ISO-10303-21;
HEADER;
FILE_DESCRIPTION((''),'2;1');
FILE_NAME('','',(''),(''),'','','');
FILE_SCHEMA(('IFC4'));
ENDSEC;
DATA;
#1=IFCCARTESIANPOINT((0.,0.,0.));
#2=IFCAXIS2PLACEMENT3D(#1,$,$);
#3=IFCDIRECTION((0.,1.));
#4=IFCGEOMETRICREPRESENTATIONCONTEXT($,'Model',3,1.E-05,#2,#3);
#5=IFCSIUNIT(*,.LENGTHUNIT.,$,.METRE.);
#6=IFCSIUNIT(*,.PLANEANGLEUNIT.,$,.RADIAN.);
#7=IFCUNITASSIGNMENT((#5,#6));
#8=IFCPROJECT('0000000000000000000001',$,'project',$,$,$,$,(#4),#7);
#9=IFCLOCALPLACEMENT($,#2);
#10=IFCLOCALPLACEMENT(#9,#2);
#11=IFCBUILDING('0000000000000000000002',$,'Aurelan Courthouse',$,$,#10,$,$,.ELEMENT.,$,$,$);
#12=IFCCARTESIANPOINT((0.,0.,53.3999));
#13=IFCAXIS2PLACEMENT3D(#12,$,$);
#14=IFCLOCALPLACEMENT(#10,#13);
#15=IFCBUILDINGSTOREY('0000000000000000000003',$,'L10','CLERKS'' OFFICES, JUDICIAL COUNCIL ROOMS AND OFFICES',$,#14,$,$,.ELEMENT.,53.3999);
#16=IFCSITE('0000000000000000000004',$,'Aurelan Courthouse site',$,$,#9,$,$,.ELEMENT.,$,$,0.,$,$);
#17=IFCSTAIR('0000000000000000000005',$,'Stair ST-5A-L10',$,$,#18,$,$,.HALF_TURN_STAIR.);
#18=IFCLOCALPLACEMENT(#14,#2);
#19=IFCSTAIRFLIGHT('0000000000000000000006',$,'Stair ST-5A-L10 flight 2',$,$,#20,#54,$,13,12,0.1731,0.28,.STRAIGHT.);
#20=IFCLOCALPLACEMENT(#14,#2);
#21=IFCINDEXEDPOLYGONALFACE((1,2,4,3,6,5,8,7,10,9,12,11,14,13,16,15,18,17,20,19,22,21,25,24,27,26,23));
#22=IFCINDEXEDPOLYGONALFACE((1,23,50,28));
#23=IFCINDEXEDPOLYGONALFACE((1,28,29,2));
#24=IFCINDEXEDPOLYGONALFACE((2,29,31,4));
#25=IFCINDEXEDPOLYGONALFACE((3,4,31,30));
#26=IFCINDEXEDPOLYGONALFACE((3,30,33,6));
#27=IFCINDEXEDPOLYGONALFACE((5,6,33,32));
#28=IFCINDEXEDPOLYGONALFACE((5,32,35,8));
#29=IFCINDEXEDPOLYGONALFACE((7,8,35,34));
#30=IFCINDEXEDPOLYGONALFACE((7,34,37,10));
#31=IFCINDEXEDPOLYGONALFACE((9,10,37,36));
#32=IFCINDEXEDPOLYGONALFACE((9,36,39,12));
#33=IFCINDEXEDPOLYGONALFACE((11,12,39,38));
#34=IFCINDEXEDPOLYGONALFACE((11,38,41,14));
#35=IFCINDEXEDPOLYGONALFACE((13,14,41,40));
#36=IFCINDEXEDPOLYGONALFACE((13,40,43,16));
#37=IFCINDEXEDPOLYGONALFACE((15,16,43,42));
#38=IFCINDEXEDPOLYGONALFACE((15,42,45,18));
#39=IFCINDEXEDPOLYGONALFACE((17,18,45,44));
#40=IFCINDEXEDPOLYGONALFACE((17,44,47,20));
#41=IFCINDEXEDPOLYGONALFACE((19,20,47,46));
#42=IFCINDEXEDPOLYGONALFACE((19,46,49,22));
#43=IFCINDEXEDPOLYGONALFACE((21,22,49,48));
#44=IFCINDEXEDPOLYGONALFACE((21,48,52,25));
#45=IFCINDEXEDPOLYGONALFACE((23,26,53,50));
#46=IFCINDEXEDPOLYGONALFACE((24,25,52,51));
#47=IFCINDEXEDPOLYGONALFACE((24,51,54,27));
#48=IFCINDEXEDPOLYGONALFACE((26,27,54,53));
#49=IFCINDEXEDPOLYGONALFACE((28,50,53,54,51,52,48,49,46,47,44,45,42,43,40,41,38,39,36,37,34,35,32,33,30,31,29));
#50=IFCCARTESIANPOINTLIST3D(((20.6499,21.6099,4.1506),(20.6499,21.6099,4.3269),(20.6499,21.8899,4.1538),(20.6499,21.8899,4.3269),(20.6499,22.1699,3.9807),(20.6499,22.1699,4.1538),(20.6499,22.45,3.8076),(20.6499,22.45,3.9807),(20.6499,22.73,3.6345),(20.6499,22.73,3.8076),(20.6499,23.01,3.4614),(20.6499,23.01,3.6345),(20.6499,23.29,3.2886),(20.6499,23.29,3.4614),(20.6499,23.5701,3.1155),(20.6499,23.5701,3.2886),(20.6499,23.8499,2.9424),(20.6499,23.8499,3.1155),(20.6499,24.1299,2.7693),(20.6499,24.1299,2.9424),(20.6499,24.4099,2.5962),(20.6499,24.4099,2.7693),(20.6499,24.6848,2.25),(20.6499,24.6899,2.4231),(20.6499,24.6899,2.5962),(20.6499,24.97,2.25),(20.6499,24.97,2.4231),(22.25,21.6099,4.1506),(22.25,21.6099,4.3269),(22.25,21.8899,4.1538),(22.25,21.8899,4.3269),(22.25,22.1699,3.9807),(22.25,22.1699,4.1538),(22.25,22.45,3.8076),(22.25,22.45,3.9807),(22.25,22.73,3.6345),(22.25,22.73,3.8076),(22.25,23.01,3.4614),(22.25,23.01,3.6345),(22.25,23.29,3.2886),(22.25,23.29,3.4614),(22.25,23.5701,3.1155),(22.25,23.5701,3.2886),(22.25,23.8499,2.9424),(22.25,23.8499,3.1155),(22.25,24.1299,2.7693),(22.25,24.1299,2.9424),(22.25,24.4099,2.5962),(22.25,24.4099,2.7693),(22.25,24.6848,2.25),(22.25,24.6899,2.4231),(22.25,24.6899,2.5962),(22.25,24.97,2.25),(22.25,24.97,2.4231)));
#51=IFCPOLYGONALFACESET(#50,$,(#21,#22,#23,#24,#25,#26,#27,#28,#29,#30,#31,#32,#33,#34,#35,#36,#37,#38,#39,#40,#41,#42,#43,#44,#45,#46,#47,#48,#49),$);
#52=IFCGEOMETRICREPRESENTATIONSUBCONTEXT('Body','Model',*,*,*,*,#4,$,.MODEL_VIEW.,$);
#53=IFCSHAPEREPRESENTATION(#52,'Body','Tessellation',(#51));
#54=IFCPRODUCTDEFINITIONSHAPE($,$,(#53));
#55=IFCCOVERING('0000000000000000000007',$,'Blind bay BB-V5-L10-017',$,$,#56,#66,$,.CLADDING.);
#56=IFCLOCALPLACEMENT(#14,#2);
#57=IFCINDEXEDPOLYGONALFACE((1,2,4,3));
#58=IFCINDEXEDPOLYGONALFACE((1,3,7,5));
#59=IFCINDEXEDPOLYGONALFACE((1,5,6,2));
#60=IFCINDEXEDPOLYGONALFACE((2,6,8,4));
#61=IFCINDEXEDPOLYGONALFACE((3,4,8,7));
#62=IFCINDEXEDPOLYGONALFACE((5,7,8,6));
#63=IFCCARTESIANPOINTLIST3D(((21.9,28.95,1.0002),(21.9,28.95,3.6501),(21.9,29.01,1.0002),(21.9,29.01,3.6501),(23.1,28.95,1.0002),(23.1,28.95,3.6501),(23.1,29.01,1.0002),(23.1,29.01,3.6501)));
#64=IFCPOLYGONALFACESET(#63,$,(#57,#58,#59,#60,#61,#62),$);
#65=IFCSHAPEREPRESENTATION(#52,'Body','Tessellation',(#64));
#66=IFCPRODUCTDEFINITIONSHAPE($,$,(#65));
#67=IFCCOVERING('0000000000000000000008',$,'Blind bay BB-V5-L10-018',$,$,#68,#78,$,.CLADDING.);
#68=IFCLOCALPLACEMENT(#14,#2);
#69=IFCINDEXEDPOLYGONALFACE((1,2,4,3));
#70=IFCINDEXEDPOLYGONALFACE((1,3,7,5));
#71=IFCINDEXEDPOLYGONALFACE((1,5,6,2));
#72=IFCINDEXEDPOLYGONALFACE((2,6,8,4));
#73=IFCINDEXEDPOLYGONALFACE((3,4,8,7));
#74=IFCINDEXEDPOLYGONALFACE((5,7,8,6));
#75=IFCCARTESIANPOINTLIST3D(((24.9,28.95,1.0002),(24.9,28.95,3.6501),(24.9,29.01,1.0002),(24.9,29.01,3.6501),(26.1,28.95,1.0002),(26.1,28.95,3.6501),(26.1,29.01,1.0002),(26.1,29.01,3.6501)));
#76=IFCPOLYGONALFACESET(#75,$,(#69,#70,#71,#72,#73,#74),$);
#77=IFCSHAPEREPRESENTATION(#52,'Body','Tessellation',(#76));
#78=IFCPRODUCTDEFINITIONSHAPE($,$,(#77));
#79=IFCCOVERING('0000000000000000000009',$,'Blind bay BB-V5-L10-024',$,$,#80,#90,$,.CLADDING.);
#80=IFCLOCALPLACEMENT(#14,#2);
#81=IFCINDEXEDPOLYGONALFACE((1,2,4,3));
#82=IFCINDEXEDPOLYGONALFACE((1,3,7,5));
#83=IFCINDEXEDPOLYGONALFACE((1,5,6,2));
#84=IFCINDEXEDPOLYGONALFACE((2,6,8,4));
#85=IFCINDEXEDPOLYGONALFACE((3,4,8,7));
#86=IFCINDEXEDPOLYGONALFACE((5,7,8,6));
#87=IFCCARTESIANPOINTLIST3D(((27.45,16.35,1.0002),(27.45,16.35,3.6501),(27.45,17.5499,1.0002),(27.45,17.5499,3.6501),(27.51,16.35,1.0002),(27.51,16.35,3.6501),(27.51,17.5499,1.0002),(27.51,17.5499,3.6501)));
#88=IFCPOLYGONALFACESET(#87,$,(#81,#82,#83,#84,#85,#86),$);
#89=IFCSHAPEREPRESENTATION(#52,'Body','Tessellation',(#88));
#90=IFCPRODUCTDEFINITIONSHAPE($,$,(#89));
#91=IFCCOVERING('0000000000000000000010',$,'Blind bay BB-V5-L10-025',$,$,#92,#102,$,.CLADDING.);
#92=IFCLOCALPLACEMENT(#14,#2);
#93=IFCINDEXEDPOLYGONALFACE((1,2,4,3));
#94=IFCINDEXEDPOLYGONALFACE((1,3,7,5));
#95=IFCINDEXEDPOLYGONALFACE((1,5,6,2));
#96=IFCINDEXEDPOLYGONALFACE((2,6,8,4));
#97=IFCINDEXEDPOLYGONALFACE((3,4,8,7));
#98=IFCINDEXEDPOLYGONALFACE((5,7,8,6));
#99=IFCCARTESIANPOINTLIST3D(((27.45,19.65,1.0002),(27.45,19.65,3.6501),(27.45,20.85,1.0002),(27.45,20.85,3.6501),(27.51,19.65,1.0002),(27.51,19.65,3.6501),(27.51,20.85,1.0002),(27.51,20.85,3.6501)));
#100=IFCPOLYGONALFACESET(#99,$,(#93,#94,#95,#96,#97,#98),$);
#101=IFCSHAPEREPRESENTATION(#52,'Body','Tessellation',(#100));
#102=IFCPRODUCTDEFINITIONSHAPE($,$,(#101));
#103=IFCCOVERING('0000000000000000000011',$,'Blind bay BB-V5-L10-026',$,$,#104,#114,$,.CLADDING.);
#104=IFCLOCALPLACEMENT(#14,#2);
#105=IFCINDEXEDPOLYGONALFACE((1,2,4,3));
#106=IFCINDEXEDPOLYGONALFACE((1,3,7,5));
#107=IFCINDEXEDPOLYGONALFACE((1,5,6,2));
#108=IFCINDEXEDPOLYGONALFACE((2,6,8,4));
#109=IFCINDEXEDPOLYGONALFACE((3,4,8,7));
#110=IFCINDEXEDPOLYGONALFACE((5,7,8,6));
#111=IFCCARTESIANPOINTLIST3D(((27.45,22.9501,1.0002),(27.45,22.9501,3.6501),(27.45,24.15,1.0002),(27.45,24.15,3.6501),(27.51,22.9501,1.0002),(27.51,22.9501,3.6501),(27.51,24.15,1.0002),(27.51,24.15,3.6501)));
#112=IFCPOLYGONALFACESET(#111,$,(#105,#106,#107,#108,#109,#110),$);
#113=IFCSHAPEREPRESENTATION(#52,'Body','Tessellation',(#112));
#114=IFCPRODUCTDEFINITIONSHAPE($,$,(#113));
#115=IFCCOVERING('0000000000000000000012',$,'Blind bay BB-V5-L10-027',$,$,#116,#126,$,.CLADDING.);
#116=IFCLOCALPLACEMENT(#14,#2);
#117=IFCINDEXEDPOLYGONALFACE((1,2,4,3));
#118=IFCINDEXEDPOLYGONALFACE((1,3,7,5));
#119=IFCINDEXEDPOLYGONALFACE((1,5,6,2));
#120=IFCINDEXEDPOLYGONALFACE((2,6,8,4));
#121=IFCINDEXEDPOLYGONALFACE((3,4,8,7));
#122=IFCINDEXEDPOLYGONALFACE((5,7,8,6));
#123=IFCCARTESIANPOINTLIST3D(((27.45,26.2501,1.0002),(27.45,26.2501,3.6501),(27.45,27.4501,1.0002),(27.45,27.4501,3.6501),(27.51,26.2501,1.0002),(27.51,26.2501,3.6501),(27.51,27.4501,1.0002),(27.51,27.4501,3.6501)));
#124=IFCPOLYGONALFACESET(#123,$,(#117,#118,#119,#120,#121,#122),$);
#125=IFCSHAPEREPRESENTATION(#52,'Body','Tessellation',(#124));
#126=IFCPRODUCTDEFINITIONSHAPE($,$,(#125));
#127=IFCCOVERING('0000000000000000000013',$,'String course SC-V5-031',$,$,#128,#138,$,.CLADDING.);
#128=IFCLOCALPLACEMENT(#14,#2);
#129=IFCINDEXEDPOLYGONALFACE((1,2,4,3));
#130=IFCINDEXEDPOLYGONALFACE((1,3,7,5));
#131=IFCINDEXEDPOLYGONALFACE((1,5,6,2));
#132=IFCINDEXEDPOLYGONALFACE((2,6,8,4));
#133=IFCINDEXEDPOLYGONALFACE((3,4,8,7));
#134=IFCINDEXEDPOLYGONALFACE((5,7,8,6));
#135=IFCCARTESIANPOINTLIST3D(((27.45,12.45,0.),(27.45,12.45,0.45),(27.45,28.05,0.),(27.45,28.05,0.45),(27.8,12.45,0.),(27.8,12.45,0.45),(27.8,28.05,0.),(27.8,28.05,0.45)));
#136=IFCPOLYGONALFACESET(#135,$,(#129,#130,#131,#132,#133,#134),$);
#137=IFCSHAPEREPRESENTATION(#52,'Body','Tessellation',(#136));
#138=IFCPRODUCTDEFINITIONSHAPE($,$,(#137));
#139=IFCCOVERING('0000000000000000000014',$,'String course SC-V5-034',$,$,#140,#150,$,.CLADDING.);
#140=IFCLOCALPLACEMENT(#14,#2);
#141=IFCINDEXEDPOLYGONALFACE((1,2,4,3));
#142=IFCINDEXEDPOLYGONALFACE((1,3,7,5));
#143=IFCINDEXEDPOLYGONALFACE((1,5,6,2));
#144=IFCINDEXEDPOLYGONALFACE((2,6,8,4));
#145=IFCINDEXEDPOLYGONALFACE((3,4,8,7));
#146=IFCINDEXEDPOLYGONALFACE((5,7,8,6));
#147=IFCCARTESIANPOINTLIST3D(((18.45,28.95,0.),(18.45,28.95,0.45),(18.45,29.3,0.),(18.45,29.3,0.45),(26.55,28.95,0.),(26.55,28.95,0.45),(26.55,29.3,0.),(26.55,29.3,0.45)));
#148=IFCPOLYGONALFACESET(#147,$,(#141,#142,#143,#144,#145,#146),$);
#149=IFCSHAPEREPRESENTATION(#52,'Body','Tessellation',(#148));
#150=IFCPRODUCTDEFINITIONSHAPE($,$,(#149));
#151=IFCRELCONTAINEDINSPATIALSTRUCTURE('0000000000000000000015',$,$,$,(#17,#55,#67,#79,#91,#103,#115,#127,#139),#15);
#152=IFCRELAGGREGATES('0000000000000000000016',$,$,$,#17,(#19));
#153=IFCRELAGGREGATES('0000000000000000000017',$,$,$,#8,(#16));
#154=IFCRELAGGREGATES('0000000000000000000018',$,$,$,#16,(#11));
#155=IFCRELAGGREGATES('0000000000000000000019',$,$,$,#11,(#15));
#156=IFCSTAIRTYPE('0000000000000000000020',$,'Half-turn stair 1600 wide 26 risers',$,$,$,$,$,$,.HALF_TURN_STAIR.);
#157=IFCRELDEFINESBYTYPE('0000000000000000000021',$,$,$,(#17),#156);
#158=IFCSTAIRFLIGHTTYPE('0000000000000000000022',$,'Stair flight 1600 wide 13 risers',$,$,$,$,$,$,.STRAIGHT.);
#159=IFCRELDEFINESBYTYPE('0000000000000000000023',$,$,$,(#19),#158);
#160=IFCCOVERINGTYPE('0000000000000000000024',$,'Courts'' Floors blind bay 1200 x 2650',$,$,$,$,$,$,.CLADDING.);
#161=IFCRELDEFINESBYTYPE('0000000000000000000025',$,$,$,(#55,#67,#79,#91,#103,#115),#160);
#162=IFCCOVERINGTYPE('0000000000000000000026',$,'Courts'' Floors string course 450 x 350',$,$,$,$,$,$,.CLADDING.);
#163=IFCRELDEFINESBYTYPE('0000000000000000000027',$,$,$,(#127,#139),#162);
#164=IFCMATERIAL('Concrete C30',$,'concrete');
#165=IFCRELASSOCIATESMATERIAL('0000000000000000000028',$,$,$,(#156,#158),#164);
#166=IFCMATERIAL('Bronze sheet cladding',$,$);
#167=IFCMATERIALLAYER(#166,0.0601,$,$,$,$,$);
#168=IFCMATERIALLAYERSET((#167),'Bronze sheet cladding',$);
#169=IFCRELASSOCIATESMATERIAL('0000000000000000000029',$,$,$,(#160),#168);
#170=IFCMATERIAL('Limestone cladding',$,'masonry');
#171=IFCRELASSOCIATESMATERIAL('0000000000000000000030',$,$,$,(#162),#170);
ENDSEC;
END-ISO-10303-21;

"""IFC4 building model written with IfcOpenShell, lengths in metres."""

from ifc_helpers import new_model, si_unit, direction, frame, origin, origin_2d, place, context, subcontext, project, spatial, polyline, rectangle, outline, extrude, material, layer, layer_set, type_object, element, aggregate, save


model = new_model("IFC4")

# Units and contexts
model_context = context("Model", 3, precision=1e-05, world=origin(), true_north=direction((0.0, 1.0)))
body_context = subcontext(model_context, "Body", "Model", "MODEL_VIEW")
ifc_project = project(units=[si_unit("LENGTHUNIT", "METRE"), si_unit("PLANEANGLEUNIT", "RADIAN")], contexts=[model_context])

# Site, building, storey
site_placement = place(None, origin())
site = spatial("IfcSite", under=ifc_project, at=site_placement, Name="Aurelan Courthouse site", CompositionType="ELEMENT", RefElevation=0.0)
building_placement = place(site_placement, origin())
building = spatial("IfcBuilding", under=site, at=building_placement, Name="Aurelan Courthouse", CompositionType="ELEMENT")
storey_placement = place(building_placement, frame((0.0, 0.0, 53.3999)))
storey = spatial("IfcBuildingStorey", under=building, at=storey_placement, Name="L10", Description="CLERKS' OFFICES, JUDICIAL COUNCIL ROOMS AND OFFICES", CompositionType="ELEMENT", Elevation=53.3999)

# Stair, stair flight
ifc_material_1 = material(Name="Concrete C30", Category="concrete")
stair_type = type_object("IfcStairType", Name="Half-turn stair 1600 wide 26 risers", PredefinedType="HALF_TURN_STAIR", material=ifc_material_1)
stair_placement = place(storey_placement, origin())
stair = element("IfcStair", 1, at=stair_placement, inside=storey, type_object=stair_type, Name="Stair ST-5A-L10", PredefinedType="HALF_TURN_STAIR")
stair_flight_type = type_object("IfcStairFlightType", Name="Stair flight 1600 wide 13 risers", PredefinedType="STRAIGHT", material=ifc_material_1)
stair_flight_placement = place(storey_placement, frame((21.45, 24.97, 2.25), z_axis=(0.0, 0.0, 1.0), x_axis=(0.0, -1.0, 0.0)))
stair_flight = element("IfcStairFlight", 2, at=stair_flight_placement, type_object=stair_flight_type, Name="Stair ST-5A-L10 flight 2", NumberOfRisers=13, NumberOfTreads=12, PredefinedType="STRAIGHT", RiserHeight=0.1731, TreadLength=0.28, context=body_context, shape_type="SweptSolid", body=[
    extrude(outline(polyline([(0.0, 0.0), (0.0, 0.1731), (0.28, 0.1731), (0.28, 0.3462), (0.5601, 0.3462), (0.5601, 0.5193), (0.8401, 0.5193), (0.8401, 0.6924), (1.1201, 0.6924), (1.1201, 0.8655), (1.3999, 0.8655), (1.3999, 1.0386), (1.6799, 1.0386), (1.6799, 1.2114), (1.96, 1.2114), (1.96, 1.3845), (2.24, 1.3845), (2.24, 1.5576), (2.52, 1.5576), (2.52, 1.7307), (2.8, 1.7307), (2.8, 1.9038), (3.0801, 1.9038), (3.0801, 2.0769), (3.3601, 2.0769), (3.3601, 2.25), (3.3601, 1.9006), (0.2852, 0.0), (0.0, 0.0)])), frame((0.0, 0.8, 0.0), z_axis=(0.0, -1.0, 0.0), x_axis=(1.0, 0.0, 0.0)), (0.0, 0.0, 1.0), 1.6001),
])
aggregate(stair, [stair_flight])

# Coverings
ifc_material_2 = material(Name="Bronze sheet cladding")
ifc_layer_1 = layer(ifc_material_2, 0.0601)
ifc_layer_set_1 = layer_set([ifc_layer_1], Name="Bronze sheet cladding")
covering_type_1 = type_object("IfcCoveringType", Name="Courts' Floors blind bay 1200 x 2650", PredefinedType="CLADDING", material=ifc_layer_set_1)
for number, where, z_axis, x_axis, name in (
    (3, (22.5, 28.98, 1.0002), (0.0, 0.0, 1.0), (1.0, 0.0, 0.0), "Blind bay BB-V5-L10-017"),
    (4, (25.5, 28.98, 1.0002), (0.0, 0.0, 1.0), (1.0, 0.0, 0.0), "Blind bay BB-V5-L10-018"),
):
    element("IfcCovering", number, at=place(storey_placement, frame(where, z_axis=z_axis, x_axis=x_axis)), inside=storey, type_object=covering_type_1, Name=name, PredefinedType="CLADDING", context=body_context, shape_type="SweptSolid", body=[
        extrude(rectangle(XDim=1.2, YDim=0.0601, at=origin_2d()), origin(), (0.0, 0.0, 1.0), 2.6499),
    ])
for number, where, z_axis, x_axis, name in (
    (5, (27.48, 16.95, 1.0002), (0.0, 0.0, 1.0), (1.0, 0.0, 0.0), "Blind bay BB-V5-L10-024"),
    (6, (27.48, 20.25, 1.0002), (0.0, 0.0, 1.0), (1.0, 0.0, 0.0), "Blind bay BB-V5-L10-025"),
    (7, (27.48, 23.55, 1.0002), (0.0, 0.0, 1.0), (1.0, 0.0, 0.0), "Blind bay BB-V5-L10-026"),
    (8, (27.48, 26.8501, 1.0002), (0.0, 0.0, 1.0), (1.0, 0.0, 0.0), "Blind bay BB-V5-L10-027"),
):
    element("IfcCovering", number, at=place(storey_placement, frame(where, z_axis=z_axis, x_axis=x_axis)), inside=storey, type_object=covering_type_1, Name=name, PredefinedType="CLADDING", context=body_context, shape_type="SweptSolid", body=[
        extrude(rectangle(XDim=0.0601, YDim=1.2, at=origin_2d()), origin(), (0.0, 0.0, 1.0), 2.6499),
    ])
ifc_material_3 = material(Name="Limestone cladding", Category="masonry")
covering_type_2 = type_object("IfcCoveringType", Name="Courts' Floors string course 450 x 350", PredefinedType="CLADDING", material=ifc_material_3)
covering_1_placement = place(storey_placement, frame((27.625, 20.25, 0.0), z_axis=(0.0, 0.0, 1.0), x_axis=(1.0, 0.0, 0.0)))
element("IfcCovering", 9, at=covering_1_placement, inside=storey, type_object=covering_type_2, Name="String course SC-V5-031", PredefinedType="CLADDING", context=body_context, shape_type="SweptSolid", body=[
    extrude(rectangle(XDim=0.3501, YDim=15.6001, at=origin_2d()), origin(), (0.0, 0.0, 1.0), 0.45),
])
covering_2_placement = place(storey_placement, frame((22.5, 29.125, 0.0), z_axis=(0.0, 0.0, 1.0), x_axis=(1.0, 0.0, 0.0)))
element("IfcCovering", 10, at=covering_2_placement, inside=storey, type_object=covering_type_2, Name="String course SC-V5-034", PredefinedType="CLADDING", context=body_context, shape_type="SweptSolid", body=[
    extrude(rectangle(XDim=8.1001, YDim=0.3501, at=origin_2d()), origin(), (0.0, 0.0, 1.0), 0.45),
])

save(model, "model.ifc")
